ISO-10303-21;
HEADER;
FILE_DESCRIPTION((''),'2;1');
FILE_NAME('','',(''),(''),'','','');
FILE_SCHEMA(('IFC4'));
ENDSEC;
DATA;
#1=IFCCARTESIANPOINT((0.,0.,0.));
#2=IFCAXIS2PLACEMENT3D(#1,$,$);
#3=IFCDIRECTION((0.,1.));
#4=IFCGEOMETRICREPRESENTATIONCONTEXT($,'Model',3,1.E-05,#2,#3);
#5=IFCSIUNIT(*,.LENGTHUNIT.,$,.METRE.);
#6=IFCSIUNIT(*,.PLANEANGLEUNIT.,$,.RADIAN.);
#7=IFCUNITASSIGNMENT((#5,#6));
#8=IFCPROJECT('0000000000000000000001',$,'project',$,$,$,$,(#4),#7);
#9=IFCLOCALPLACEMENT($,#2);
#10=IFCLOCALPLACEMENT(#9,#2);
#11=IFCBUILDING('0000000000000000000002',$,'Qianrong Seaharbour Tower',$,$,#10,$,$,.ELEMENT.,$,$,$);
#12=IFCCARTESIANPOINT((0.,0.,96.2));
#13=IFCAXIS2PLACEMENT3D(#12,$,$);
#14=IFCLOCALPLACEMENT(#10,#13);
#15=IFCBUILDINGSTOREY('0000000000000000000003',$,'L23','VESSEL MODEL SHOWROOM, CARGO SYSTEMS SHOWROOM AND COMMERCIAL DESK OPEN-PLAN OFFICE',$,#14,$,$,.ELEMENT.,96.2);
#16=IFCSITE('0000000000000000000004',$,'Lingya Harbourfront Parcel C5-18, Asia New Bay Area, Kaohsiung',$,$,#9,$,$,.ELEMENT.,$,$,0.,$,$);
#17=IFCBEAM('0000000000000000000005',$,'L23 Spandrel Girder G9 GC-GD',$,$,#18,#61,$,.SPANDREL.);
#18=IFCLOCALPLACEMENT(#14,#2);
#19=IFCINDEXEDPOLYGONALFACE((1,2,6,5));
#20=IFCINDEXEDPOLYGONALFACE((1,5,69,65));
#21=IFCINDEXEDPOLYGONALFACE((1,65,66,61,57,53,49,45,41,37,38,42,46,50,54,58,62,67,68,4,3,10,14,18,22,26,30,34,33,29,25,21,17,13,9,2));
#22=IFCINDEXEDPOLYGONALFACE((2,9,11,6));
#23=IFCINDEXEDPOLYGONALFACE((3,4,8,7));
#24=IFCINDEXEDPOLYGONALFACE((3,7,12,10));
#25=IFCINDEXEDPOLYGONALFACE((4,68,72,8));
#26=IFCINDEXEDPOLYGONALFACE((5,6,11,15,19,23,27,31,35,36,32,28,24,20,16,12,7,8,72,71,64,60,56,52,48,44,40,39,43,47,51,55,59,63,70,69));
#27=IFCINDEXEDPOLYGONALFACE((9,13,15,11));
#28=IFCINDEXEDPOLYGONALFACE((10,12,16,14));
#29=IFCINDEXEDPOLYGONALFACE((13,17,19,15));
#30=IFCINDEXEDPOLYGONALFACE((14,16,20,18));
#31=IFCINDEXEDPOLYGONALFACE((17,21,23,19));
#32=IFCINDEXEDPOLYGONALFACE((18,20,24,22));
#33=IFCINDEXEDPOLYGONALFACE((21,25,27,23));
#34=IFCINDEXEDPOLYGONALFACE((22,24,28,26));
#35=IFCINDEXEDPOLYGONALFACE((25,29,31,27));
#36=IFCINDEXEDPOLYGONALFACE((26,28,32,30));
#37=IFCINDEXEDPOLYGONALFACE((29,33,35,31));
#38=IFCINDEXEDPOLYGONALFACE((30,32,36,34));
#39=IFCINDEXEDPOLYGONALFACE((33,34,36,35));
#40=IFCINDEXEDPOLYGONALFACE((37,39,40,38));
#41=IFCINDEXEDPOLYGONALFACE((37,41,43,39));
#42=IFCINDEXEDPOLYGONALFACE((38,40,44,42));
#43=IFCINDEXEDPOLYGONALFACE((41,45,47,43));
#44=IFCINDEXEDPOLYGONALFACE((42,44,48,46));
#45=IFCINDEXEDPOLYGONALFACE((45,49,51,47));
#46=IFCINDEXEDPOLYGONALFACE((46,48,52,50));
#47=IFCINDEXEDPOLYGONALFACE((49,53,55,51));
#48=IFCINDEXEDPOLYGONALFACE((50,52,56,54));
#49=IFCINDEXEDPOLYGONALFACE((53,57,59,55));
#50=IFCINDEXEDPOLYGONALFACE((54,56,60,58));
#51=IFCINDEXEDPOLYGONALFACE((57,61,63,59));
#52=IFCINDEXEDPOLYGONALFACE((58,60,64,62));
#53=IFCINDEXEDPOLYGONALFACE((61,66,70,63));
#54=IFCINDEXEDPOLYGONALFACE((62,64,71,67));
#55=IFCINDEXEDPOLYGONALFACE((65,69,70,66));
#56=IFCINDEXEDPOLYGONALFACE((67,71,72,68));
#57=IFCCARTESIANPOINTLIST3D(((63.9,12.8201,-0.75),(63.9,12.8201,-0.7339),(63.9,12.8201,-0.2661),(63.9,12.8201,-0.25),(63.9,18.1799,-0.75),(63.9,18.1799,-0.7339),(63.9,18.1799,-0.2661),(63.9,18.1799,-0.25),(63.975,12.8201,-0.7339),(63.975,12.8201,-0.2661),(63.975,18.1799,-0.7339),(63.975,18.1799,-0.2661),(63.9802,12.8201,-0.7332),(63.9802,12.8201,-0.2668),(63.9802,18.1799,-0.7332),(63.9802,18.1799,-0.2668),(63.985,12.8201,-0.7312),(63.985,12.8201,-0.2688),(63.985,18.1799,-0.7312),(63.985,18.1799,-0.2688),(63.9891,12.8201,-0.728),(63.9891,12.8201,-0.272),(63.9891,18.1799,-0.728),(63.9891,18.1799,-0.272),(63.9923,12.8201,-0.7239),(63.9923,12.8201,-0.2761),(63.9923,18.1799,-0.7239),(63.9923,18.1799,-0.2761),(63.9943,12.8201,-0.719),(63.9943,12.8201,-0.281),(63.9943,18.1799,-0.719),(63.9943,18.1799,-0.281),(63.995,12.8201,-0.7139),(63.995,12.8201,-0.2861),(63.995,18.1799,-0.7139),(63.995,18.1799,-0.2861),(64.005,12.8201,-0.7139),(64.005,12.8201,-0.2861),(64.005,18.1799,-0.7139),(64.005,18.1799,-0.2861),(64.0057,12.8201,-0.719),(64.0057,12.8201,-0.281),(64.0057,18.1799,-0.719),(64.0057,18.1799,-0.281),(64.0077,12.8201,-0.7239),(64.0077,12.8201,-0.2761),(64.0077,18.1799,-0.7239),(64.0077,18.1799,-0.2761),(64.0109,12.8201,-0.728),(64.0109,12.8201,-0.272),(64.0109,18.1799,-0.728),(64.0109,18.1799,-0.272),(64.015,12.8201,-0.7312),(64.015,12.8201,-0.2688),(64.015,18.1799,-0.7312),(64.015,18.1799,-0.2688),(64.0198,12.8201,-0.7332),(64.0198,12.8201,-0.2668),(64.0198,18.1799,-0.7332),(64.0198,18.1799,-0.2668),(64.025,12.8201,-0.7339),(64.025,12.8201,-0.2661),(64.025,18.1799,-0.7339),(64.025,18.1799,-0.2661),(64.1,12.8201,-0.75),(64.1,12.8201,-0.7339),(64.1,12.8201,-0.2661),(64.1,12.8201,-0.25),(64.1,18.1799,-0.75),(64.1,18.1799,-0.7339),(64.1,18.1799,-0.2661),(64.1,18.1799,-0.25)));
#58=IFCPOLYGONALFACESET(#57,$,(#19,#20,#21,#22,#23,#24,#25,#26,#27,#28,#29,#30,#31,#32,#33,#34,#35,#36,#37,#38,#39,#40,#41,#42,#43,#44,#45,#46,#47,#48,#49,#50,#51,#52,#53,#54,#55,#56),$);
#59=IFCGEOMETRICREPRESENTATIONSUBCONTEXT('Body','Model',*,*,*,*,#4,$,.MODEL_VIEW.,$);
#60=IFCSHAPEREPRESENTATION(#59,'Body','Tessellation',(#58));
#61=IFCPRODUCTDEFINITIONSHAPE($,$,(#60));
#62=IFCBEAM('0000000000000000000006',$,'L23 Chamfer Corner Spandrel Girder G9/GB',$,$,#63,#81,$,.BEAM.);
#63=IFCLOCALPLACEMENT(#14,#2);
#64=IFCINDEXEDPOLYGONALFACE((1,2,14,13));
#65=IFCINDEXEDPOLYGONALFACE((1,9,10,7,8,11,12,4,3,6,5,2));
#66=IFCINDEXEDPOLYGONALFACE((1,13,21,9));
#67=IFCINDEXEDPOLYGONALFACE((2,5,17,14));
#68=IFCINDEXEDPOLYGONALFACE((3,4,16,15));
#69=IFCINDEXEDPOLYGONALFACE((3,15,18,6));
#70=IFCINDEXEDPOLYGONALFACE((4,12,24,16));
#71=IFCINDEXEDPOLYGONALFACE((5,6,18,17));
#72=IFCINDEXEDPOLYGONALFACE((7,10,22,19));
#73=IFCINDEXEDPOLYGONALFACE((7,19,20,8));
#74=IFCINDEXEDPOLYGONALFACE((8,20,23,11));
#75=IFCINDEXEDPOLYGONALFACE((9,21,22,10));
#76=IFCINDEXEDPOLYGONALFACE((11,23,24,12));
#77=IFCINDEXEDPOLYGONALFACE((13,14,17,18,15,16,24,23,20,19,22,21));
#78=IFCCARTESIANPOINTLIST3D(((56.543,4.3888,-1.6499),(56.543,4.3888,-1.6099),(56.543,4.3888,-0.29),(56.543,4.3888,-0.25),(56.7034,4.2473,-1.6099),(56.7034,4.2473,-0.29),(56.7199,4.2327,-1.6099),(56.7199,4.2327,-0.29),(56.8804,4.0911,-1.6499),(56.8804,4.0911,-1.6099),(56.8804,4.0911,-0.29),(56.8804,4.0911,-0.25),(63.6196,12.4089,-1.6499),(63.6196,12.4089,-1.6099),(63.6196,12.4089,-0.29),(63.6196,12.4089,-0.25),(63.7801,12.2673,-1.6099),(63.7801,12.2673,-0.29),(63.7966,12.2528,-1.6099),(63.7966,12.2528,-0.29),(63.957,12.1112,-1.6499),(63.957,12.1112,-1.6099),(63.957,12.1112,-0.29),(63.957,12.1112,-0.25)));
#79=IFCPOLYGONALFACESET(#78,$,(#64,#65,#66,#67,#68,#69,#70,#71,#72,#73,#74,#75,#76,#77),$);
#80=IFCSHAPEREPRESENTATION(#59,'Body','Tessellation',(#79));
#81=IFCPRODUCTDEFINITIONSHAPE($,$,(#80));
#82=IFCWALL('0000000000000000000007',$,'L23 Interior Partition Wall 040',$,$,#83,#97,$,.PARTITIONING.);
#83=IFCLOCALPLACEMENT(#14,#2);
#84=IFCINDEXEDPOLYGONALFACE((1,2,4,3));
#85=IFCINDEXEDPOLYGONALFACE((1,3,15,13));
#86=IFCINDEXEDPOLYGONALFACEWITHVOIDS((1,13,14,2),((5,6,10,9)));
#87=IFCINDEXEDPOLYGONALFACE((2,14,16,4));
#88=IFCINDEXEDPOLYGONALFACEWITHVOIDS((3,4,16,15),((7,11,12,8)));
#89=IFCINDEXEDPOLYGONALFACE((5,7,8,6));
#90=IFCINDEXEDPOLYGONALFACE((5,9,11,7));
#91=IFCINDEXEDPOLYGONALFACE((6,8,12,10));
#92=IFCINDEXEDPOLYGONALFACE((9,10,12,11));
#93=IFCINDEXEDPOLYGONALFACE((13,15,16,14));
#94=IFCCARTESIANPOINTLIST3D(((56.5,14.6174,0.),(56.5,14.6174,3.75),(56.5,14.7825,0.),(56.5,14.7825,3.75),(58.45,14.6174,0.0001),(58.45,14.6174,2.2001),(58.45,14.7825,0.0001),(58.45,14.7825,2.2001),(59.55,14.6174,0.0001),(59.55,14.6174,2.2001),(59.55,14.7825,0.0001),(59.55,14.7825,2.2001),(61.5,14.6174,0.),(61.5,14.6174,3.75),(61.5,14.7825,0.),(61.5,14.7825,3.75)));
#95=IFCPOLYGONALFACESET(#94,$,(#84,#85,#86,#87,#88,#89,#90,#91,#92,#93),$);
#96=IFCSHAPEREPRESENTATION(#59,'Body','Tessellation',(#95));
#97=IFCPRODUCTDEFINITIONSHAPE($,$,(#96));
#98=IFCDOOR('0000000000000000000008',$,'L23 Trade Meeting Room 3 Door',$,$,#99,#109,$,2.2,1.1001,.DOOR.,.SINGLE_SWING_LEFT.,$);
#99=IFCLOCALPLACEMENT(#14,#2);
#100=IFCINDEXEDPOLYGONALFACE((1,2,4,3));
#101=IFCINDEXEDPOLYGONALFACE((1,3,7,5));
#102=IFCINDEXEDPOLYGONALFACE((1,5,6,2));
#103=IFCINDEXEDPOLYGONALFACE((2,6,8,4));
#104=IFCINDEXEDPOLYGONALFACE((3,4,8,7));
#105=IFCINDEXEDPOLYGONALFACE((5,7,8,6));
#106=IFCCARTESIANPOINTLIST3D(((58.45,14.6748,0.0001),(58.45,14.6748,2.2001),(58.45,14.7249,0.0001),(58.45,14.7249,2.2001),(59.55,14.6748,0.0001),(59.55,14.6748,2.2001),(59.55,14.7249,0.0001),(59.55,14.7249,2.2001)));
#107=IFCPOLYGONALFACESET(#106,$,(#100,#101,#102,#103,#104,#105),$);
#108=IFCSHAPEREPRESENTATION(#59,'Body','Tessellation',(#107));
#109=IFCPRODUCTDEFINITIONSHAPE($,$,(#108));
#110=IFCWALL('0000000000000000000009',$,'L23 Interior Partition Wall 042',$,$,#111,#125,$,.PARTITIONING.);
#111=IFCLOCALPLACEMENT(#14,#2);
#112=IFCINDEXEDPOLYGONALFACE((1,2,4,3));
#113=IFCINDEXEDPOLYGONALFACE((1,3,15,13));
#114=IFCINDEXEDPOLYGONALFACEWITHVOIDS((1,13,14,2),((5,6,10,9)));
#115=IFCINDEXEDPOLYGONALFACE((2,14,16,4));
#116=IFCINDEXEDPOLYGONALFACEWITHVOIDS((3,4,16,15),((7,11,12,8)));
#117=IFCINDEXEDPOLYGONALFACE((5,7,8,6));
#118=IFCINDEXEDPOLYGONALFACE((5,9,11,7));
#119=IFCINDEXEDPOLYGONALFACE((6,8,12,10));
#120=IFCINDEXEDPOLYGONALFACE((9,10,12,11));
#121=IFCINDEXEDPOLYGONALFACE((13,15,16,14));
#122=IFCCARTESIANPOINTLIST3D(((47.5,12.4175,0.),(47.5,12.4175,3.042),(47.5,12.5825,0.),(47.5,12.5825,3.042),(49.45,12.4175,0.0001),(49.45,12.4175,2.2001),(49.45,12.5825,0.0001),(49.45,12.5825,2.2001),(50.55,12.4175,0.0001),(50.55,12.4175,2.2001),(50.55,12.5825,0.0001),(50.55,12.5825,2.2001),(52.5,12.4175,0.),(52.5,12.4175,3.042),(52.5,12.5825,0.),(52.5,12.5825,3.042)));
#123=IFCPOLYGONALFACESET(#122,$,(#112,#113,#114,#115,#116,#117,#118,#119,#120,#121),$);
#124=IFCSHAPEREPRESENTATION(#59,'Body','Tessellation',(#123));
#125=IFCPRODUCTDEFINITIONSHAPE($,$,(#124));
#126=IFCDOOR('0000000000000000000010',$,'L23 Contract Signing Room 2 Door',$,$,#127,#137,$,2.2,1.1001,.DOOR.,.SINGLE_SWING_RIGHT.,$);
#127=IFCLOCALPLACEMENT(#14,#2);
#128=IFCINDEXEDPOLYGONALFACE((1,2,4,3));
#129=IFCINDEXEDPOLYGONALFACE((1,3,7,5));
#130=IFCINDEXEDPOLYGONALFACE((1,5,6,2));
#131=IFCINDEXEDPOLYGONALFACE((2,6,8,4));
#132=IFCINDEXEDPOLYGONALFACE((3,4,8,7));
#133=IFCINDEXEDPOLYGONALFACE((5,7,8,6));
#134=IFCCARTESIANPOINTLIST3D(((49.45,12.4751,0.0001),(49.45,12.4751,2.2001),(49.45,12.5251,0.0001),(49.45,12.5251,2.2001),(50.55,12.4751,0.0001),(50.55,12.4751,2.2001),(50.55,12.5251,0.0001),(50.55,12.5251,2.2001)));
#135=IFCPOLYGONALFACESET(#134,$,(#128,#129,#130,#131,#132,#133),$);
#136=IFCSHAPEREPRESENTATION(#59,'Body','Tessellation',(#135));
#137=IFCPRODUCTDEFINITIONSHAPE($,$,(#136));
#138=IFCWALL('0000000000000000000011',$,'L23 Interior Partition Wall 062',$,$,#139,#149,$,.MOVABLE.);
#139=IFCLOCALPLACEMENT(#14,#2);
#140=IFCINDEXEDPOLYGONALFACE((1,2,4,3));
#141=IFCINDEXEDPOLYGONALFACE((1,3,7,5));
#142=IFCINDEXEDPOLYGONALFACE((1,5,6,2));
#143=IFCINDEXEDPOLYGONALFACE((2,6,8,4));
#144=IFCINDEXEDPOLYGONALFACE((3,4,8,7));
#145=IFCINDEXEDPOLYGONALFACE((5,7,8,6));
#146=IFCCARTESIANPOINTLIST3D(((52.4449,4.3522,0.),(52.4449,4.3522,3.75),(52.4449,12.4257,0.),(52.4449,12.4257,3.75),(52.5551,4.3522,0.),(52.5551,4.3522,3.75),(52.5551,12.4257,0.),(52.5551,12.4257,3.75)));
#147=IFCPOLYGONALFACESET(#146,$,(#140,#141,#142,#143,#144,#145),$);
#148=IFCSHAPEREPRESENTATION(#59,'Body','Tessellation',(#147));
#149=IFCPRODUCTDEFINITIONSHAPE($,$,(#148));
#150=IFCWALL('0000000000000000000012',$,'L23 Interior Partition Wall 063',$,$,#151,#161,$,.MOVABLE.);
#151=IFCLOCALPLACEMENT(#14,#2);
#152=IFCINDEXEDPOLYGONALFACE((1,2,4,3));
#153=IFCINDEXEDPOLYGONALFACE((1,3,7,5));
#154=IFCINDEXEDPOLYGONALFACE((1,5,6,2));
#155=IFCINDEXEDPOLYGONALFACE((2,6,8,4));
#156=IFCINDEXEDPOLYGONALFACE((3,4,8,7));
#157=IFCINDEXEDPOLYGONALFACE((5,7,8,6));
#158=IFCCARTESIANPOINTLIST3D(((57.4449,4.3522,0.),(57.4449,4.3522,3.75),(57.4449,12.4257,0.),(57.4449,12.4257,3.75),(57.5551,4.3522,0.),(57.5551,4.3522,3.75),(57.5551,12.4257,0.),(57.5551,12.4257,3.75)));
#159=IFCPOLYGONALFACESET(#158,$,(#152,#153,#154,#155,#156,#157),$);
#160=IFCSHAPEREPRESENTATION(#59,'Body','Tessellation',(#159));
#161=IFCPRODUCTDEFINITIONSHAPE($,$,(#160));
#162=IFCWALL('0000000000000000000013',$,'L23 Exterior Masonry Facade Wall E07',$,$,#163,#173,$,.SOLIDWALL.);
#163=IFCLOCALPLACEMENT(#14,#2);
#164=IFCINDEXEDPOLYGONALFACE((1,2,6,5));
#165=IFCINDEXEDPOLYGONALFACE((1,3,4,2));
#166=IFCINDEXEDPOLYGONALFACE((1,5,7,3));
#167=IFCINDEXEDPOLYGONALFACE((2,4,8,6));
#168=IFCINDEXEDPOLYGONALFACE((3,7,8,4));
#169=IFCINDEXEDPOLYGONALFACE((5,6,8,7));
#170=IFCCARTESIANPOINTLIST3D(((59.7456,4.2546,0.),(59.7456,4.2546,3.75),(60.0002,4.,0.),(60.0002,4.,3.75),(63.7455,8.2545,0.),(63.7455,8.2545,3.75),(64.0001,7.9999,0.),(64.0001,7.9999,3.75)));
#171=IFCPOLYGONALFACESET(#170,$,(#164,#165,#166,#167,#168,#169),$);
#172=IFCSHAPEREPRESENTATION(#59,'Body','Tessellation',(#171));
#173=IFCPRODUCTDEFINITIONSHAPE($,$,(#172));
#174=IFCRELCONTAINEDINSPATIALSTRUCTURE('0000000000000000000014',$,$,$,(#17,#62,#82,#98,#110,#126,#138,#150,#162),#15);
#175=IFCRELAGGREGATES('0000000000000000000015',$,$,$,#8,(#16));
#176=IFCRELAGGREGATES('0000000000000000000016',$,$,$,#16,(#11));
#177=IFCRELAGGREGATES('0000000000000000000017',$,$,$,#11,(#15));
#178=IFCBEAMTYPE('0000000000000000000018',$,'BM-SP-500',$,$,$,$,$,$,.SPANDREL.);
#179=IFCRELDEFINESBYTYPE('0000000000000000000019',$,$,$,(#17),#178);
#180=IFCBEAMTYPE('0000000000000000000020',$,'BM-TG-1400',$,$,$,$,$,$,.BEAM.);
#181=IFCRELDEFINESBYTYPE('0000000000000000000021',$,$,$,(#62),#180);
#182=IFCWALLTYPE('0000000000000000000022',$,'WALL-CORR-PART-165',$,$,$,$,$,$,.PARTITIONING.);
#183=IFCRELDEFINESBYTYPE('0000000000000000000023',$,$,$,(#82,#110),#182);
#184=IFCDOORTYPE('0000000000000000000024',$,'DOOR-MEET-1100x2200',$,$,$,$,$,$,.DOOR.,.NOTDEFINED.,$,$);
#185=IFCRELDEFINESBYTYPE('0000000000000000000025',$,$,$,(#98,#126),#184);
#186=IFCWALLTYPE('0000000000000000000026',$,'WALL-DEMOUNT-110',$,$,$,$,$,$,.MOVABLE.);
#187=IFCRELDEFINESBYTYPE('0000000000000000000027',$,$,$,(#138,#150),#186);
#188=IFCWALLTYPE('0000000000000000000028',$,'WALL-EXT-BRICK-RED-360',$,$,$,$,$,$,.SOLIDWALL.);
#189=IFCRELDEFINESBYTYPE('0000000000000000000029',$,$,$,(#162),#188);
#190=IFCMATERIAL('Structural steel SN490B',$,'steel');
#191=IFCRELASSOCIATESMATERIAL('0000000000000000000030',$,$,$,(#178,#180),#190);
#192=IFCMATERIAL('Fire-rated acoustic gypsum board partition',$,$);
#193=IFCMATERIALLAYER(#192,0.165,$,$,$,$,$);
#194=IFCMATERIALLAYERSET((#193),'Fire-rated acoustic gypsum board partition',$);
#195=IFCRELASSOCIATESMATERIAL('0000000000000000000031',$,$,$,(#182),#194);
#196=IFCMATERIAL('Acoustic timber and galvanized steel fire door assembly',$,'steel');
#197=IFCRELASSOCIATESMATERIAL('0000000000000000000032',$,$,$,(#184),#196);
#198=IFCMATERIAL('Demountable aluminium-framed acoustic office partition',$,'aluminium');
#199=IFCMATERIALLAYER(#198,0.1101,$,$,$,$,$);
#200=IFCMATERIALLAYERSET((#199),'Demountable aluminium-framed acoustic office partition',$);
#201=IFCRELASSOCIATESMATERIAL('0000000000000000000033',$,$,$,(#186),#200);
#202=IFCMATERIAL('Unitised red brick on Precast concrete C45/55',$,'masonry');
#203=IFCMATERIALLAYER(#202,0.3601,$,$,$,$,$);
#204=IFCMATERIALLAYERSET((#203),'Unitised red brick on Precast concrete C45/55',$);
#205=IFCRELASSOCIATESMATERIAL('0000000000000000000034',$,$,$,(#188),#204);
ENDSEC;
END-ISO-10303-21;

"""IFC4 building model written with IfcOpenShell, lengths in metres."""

from ifc_helpers import new_model, si_unit, direction, frame, frame_2d, origin, origin_2d, place, context, subcontext, project, spatial, rectangle, i_section, extrude, material, layer, layer_set, material_profile, profile_set, type_object, element, fill, save


model = new_model("IFC4")

# Units and contexts
model_context = context("Model", 3, precision=1e-05, world=origin(), true_north=direction((0.0, 1.0)))
body_context = subcontext(model_context, "Body", "Model", "MODEL_VIEW")
ifc_project = project(units=[si_unit("LENGTHUNIT", "METRE"), si_unit("PLANEANGLEUNIT", "RADIAN")], contexts=[model_context])

# Site, building, storey
site_placement = place(None, origin())
site = spatial("IfcSite", under=ifc_project, at=site_placement, Name="Lingya Harbourfront Parcel C5-18, Asia New Bay Area, Kaohsiung", CompositionType="ELEMENT", RefElevation=0.0)
building_placement = place(site_placement, origin())
building = spatial("IfcBuilding", under=site, at=building_placement, Name="Qianrong Seaharbour Tower", CompositionType="ELEMENT")
storey_placement = place(building_placement, frame((0.0, 0.0, 96.2)))
storey = spatial("IfcBuildingStorey", under=building, at=storey_placement, Name="L23", Description="VESSEL MODEL SHOWROOM, CARGO SYSTEMS SHOWROOM AND COMMERCIAL DESK OPEN-PLAN OFFICE", CompositionType="ELEMENT", Elevation=96.2)

# Shared definitions
ifc_material_1 = material(Name="Structural steel SN490B", Category="steel")

# Beams
ifc_material_profile_1 = material_profile(ifc_material_1, i_section(OverallWidth=0.2, OverallDepth=0.5, WebThickness=0.01, FlangeThickness=0.0161, FilletRadius=0.02, at=origin_2d()), Name="H500x200x10x16")
ifc_profile_set_1 = profile_set([ifc_material_profile_1], Name="Structural steel SN490B")
beam_type_1 = type_object("IfcBeamType", Name="BM-SP-500", PredefinedType="SPANDREL", material=ifc_profile_set_1)
beam_1_placement = place(storey_placement, frame((64.0, 12.8201, -0.5), z_axis=(0.0, 1.0, 0.0), x_axis=(-1.0, 0.0, 0.0)))
element("IfcBeam", 1, at=beam_1_placement, inside=storey, type_object=beam_type_1, Name="L23 Spandrel Girder G9 GC-GD", PredefinedType="SPANDREL", context=body_context, shape_type="SweptSolid", body=[
    extrude(i_section(OverallWidth=0.2, OverallDepth=0.5, WebThickness=0.01, FlangeThickness=0.0161, FilletRadius=0.02, at=origin_2d()), origin(), (0.0, 0.0, 1.0), 5.3599),
])
ifc_material_profile_2 = material_profile(ifc_material_1, i_section(OverallWidth=0.45, OverallDepth=1.3999, WebThickness=0.022, FlangeThickness=0.04, at=origin_2d()), Name="BH1400x450x22x40")
ifc_profile_set_2 = profile_set([ifc_material_profile_2], Name="Structural steel SN490B")
beam_type_2 = type_object("IfcBeamType", Name="BM-TG-1400", PredefinedType="BEAM", material=ifc_profile_set_2)
beam_2_placement = place(storey_placement, frame((56.7117, 4.24, -0.95), z_axis=(0.661631, 0.74983, 0.0), x_axis=(-0.74983, 0.661631, 0.0)))
element("IfcBeam", 2, at=beam_2_placement, inside=storey, type_object=beam_type_2, Name="L23 Chamfer Corner Spandrel Girder G9/GB", PredefinedType="BEAM", context=body_context, shape_type="SweptSolid", body=[
    extrude(i_section(OverallWidth=0.45, OverallDepth=1.3999, WebThickness=0.022, FlangeThickness=0.04, at=origin_2d()), origin(), (0.0, 0.0, 1.0), 10.6958),
])

# Walls, openings, doors
ifc_material_2 = material(Name="Fire-rated acoustic gypsum board partition")
ifc_layer_1 = layer(ifc_material_2, 0.165)
ifc_layer_set_1 = layer_set([ifc_layer_1], Name="Fire-rated acoustic gypsum board partition")
wall_type_1 = type_object("IfcWallType", Name="WALL-CORR-PART-165", PredefinedType="PARTITIONING", material=ifc_layer_set_1)
wall_1_placement = place(storey_placement, frame((56.5, 14.7, 0.0), z_axis=(0.0, 0.0, 1.0), x_axis=(1.0, 0.0, 0.0)))
wall_1 = element("IfcWall", 3, at=wall_1_placement, inside=storey, type_object=wall_type_1, Name="L23 Interior Partition Wall 040", PredefinedType="PARTITIONING", context=body_context, shape_type="SweptSolid", body=[
    extrude(rectangle(XDim=5.0, YDim=0.165, at=frame_2d((2.5, 0.0))), origin(), (0.0, 0.0, 1.0), 3.75),
])
opening_1_placement = place(wall_1_placement, frame((1.95, 0.0, 0.0)))
opening_1 = element("IfcOpeningElement", 4, at=opening_1_placement, cuts=wall_1, PredefinedType="OPENING", context=body_context, shape_type="SweptSolid", body=[
    extrude(rectangle(XDim=1.1001, YDim=2.2, at=frame_2d((0.55, 1.1001))), frame((0.0, 0.0925, 0.0), z_axis=(0.0, -1.0, 0.0), x_axis=(1.0, 0.0, 0.0)), (0.0, 0.0, 1.0), 0.1851),
])
ifc_material_3 = material(Name="Acoustic timber and galvanized steel fire door assembly", Category="steel")
door_type_1 = type_object("IfcDoorType", Name="DOOR-MEET-1100x2200", OperationType="NOTDEFINED", PredefinedType="DOOR", material=ifc_material_3)
door_1_placement = place(opening_1_placement, origin())
door_1 = element("IfcDoor", 5, at=door_1_placement, inside=storey, type_object=door_type_1, Name="L23 Trade Meeting Room 3 Door", OperationType="SINGLE_SWING_LEFT", OverallHeight=2.2, OverallWidth=1.1001, PredefinedType="DOOR", context=body_context, shape_type="SweptSolid", body=[
    extrude(rectangle(XDim=1.1001, YDim=2.2, at=frame_2d((0.55, 1.1001))), frame((0.0, 0.0249, 0.0), z_axis=(0.0, -1.0, 0.0), x_axis=(1.0, 0.0, 0.0)), (0.0, 0.0, 1.0), 0.05),
])
fill(opening_1, door_1)
wall_2_placement = place(storey_placement, frame((52.5, 12.5, 0.0), z_axis=(0.0, 0.0, 1.0), x_axis=(-1.0, 0.0, 0.0)))
wall_2 = element("IfcWall", 6, at=wall_2_placement, inside=storey, type_object=wall_type_1, Name="L23 Interior Partition Wall 042", PredefinedType="PARTITIONING", context=body_context, shape_type="SweptSolid", body=[
    extrude(rectangle(XDim=5.0, YDim=0.165, at=frame_2d((2.5, 0.0))), origin(), (0.0, 0.0, 1.0), 3.042),
])
opening_2_placement = place(wall_2_placement, frame((1.95, 0.0, 0.0)))
opening_2 = element("IfcOpeningElement", 7, at=opening_2_placement, cuts=wall_2, PredefinedType="OPENING", context=body_context, shape_type="SweptSolid", body=[
    extrude(rectangle(XDim=1.1001, YDim=2.2, at=frame_2d((0.55, 1.1001))), frame((0.0, 0.0925, 0.0), z_axis=(0.0, -1.0, 0.0), x_axis=(1.0, 0.0, 0.0)), (0.0, 0.0, 1.0), 0.1851),
])
door_2_placement = place(opening_2_placement, origin())
door_2 = element("IfcDoor", 8, at=door_2_placement, inside=storey, type_object=door_type_1, Name="L23 Contract Signing Room 2 Door", OperationType="SINGLE_SWING_RIGHT", OverallHeight=2.2, OverallWidth=1.1001, PredefinedType="DOOR", context=body_context, shape_type="SweptSolid", body=[
    extrude(rectangle(XDim=1.1001, YDim=2.2, at=frame_2d((0.55, 1.1001))), frame((0.0, 0.0249, 0.0), z_axis=(0.0, -1.0, 0.0), x_axis=(1.0, 0.0, 0.0)), (0.0, 0.0, 1.0), 0.05),
])
fill(opening_2, door_2)

# Walls
ifc_material_4 = material(Name="Demountable aluminium-framed acoustic office partition", Category="aluminium")
ifc_layer_2 = layer(ifc_material_4, 0.1101)
ifc_layer_set_2 = layer_set([ifc_layer_2], Name="Demountable aluminium-framed acoustic office partition")
wall_type_2 = type_object("IfcWallType", Name="WALL-DEMOUNT-110", PredefinedType="MOVABLE", material=ifc_layer_set_2)
for number, where, z_axis, x_axis, name in (
    (9, (52.5, 12.4255, 0.0), (0.0, 0.0, 1.0), (0.0, -1.0, 0.0), "L23 Interior Partition Wall 062"),
    (10, (57.5, 12.4255, 0.0), (0.0, 0.0, 1.0), (0.0, -1.0, 0.0), "L23 Interior Partition Wall 063"),
):
    element("IfcWall", number, at=place(storey_placement, frame(where, z_axis=z_axis, x_axis=x_axis)), inside=storey, type_object=wall_type_2, Name=name, PredefinedType="MOVABLE", context=body_context, shape_type="SweptSolid", body=[
        extrude(rectangle(XDim=8.0735, YDim=0.1101, at=frame_2d((4.0366, 0.0))), origin(), (0.0, 0.0, 1.0), 3.75),
    ])
ifc_material_5 = material(Name="Unitised red brick on Precast concrete C45/55", Category="masonry")
ifc_layer_3 = layer(ifc_material_5, 0.3601)
ifc_layer_set_3 = layer_set([ifc_layer_3], Name="Unitised red brick on Precast concrete C45/55")
wall_type_3 = type_object("IfcWallType", Name="WALL-EXT-BRICK-RED-360", PredefinedType="SOLIDWALL", material=ifc_layer_set_3)
wall_3_placement = place(storey_placement, frame((63.8728, 8.1272, 0.0), z_axis=(0.0, 0.0, 1.0), x_axis=(-0.707107, -0.707107, 0.0)))
element("IfcWall", 11, at=wall_3_placement, inside=storey, type_object=wall_type_3, Name="L23 Exterior Masonry Facade Wall E07", PredefinedType="SOLIDWALL", context=body_context, shape_type="SweptSolid", body=[
    extrude(rectangle(XDim=5.6567, YDim=0.3601, at=frame_2d((2.8284, 0.0))), origin(), (0.0, 0.0, 1.0), 3.75),
])

save(model, "model.ifc")
